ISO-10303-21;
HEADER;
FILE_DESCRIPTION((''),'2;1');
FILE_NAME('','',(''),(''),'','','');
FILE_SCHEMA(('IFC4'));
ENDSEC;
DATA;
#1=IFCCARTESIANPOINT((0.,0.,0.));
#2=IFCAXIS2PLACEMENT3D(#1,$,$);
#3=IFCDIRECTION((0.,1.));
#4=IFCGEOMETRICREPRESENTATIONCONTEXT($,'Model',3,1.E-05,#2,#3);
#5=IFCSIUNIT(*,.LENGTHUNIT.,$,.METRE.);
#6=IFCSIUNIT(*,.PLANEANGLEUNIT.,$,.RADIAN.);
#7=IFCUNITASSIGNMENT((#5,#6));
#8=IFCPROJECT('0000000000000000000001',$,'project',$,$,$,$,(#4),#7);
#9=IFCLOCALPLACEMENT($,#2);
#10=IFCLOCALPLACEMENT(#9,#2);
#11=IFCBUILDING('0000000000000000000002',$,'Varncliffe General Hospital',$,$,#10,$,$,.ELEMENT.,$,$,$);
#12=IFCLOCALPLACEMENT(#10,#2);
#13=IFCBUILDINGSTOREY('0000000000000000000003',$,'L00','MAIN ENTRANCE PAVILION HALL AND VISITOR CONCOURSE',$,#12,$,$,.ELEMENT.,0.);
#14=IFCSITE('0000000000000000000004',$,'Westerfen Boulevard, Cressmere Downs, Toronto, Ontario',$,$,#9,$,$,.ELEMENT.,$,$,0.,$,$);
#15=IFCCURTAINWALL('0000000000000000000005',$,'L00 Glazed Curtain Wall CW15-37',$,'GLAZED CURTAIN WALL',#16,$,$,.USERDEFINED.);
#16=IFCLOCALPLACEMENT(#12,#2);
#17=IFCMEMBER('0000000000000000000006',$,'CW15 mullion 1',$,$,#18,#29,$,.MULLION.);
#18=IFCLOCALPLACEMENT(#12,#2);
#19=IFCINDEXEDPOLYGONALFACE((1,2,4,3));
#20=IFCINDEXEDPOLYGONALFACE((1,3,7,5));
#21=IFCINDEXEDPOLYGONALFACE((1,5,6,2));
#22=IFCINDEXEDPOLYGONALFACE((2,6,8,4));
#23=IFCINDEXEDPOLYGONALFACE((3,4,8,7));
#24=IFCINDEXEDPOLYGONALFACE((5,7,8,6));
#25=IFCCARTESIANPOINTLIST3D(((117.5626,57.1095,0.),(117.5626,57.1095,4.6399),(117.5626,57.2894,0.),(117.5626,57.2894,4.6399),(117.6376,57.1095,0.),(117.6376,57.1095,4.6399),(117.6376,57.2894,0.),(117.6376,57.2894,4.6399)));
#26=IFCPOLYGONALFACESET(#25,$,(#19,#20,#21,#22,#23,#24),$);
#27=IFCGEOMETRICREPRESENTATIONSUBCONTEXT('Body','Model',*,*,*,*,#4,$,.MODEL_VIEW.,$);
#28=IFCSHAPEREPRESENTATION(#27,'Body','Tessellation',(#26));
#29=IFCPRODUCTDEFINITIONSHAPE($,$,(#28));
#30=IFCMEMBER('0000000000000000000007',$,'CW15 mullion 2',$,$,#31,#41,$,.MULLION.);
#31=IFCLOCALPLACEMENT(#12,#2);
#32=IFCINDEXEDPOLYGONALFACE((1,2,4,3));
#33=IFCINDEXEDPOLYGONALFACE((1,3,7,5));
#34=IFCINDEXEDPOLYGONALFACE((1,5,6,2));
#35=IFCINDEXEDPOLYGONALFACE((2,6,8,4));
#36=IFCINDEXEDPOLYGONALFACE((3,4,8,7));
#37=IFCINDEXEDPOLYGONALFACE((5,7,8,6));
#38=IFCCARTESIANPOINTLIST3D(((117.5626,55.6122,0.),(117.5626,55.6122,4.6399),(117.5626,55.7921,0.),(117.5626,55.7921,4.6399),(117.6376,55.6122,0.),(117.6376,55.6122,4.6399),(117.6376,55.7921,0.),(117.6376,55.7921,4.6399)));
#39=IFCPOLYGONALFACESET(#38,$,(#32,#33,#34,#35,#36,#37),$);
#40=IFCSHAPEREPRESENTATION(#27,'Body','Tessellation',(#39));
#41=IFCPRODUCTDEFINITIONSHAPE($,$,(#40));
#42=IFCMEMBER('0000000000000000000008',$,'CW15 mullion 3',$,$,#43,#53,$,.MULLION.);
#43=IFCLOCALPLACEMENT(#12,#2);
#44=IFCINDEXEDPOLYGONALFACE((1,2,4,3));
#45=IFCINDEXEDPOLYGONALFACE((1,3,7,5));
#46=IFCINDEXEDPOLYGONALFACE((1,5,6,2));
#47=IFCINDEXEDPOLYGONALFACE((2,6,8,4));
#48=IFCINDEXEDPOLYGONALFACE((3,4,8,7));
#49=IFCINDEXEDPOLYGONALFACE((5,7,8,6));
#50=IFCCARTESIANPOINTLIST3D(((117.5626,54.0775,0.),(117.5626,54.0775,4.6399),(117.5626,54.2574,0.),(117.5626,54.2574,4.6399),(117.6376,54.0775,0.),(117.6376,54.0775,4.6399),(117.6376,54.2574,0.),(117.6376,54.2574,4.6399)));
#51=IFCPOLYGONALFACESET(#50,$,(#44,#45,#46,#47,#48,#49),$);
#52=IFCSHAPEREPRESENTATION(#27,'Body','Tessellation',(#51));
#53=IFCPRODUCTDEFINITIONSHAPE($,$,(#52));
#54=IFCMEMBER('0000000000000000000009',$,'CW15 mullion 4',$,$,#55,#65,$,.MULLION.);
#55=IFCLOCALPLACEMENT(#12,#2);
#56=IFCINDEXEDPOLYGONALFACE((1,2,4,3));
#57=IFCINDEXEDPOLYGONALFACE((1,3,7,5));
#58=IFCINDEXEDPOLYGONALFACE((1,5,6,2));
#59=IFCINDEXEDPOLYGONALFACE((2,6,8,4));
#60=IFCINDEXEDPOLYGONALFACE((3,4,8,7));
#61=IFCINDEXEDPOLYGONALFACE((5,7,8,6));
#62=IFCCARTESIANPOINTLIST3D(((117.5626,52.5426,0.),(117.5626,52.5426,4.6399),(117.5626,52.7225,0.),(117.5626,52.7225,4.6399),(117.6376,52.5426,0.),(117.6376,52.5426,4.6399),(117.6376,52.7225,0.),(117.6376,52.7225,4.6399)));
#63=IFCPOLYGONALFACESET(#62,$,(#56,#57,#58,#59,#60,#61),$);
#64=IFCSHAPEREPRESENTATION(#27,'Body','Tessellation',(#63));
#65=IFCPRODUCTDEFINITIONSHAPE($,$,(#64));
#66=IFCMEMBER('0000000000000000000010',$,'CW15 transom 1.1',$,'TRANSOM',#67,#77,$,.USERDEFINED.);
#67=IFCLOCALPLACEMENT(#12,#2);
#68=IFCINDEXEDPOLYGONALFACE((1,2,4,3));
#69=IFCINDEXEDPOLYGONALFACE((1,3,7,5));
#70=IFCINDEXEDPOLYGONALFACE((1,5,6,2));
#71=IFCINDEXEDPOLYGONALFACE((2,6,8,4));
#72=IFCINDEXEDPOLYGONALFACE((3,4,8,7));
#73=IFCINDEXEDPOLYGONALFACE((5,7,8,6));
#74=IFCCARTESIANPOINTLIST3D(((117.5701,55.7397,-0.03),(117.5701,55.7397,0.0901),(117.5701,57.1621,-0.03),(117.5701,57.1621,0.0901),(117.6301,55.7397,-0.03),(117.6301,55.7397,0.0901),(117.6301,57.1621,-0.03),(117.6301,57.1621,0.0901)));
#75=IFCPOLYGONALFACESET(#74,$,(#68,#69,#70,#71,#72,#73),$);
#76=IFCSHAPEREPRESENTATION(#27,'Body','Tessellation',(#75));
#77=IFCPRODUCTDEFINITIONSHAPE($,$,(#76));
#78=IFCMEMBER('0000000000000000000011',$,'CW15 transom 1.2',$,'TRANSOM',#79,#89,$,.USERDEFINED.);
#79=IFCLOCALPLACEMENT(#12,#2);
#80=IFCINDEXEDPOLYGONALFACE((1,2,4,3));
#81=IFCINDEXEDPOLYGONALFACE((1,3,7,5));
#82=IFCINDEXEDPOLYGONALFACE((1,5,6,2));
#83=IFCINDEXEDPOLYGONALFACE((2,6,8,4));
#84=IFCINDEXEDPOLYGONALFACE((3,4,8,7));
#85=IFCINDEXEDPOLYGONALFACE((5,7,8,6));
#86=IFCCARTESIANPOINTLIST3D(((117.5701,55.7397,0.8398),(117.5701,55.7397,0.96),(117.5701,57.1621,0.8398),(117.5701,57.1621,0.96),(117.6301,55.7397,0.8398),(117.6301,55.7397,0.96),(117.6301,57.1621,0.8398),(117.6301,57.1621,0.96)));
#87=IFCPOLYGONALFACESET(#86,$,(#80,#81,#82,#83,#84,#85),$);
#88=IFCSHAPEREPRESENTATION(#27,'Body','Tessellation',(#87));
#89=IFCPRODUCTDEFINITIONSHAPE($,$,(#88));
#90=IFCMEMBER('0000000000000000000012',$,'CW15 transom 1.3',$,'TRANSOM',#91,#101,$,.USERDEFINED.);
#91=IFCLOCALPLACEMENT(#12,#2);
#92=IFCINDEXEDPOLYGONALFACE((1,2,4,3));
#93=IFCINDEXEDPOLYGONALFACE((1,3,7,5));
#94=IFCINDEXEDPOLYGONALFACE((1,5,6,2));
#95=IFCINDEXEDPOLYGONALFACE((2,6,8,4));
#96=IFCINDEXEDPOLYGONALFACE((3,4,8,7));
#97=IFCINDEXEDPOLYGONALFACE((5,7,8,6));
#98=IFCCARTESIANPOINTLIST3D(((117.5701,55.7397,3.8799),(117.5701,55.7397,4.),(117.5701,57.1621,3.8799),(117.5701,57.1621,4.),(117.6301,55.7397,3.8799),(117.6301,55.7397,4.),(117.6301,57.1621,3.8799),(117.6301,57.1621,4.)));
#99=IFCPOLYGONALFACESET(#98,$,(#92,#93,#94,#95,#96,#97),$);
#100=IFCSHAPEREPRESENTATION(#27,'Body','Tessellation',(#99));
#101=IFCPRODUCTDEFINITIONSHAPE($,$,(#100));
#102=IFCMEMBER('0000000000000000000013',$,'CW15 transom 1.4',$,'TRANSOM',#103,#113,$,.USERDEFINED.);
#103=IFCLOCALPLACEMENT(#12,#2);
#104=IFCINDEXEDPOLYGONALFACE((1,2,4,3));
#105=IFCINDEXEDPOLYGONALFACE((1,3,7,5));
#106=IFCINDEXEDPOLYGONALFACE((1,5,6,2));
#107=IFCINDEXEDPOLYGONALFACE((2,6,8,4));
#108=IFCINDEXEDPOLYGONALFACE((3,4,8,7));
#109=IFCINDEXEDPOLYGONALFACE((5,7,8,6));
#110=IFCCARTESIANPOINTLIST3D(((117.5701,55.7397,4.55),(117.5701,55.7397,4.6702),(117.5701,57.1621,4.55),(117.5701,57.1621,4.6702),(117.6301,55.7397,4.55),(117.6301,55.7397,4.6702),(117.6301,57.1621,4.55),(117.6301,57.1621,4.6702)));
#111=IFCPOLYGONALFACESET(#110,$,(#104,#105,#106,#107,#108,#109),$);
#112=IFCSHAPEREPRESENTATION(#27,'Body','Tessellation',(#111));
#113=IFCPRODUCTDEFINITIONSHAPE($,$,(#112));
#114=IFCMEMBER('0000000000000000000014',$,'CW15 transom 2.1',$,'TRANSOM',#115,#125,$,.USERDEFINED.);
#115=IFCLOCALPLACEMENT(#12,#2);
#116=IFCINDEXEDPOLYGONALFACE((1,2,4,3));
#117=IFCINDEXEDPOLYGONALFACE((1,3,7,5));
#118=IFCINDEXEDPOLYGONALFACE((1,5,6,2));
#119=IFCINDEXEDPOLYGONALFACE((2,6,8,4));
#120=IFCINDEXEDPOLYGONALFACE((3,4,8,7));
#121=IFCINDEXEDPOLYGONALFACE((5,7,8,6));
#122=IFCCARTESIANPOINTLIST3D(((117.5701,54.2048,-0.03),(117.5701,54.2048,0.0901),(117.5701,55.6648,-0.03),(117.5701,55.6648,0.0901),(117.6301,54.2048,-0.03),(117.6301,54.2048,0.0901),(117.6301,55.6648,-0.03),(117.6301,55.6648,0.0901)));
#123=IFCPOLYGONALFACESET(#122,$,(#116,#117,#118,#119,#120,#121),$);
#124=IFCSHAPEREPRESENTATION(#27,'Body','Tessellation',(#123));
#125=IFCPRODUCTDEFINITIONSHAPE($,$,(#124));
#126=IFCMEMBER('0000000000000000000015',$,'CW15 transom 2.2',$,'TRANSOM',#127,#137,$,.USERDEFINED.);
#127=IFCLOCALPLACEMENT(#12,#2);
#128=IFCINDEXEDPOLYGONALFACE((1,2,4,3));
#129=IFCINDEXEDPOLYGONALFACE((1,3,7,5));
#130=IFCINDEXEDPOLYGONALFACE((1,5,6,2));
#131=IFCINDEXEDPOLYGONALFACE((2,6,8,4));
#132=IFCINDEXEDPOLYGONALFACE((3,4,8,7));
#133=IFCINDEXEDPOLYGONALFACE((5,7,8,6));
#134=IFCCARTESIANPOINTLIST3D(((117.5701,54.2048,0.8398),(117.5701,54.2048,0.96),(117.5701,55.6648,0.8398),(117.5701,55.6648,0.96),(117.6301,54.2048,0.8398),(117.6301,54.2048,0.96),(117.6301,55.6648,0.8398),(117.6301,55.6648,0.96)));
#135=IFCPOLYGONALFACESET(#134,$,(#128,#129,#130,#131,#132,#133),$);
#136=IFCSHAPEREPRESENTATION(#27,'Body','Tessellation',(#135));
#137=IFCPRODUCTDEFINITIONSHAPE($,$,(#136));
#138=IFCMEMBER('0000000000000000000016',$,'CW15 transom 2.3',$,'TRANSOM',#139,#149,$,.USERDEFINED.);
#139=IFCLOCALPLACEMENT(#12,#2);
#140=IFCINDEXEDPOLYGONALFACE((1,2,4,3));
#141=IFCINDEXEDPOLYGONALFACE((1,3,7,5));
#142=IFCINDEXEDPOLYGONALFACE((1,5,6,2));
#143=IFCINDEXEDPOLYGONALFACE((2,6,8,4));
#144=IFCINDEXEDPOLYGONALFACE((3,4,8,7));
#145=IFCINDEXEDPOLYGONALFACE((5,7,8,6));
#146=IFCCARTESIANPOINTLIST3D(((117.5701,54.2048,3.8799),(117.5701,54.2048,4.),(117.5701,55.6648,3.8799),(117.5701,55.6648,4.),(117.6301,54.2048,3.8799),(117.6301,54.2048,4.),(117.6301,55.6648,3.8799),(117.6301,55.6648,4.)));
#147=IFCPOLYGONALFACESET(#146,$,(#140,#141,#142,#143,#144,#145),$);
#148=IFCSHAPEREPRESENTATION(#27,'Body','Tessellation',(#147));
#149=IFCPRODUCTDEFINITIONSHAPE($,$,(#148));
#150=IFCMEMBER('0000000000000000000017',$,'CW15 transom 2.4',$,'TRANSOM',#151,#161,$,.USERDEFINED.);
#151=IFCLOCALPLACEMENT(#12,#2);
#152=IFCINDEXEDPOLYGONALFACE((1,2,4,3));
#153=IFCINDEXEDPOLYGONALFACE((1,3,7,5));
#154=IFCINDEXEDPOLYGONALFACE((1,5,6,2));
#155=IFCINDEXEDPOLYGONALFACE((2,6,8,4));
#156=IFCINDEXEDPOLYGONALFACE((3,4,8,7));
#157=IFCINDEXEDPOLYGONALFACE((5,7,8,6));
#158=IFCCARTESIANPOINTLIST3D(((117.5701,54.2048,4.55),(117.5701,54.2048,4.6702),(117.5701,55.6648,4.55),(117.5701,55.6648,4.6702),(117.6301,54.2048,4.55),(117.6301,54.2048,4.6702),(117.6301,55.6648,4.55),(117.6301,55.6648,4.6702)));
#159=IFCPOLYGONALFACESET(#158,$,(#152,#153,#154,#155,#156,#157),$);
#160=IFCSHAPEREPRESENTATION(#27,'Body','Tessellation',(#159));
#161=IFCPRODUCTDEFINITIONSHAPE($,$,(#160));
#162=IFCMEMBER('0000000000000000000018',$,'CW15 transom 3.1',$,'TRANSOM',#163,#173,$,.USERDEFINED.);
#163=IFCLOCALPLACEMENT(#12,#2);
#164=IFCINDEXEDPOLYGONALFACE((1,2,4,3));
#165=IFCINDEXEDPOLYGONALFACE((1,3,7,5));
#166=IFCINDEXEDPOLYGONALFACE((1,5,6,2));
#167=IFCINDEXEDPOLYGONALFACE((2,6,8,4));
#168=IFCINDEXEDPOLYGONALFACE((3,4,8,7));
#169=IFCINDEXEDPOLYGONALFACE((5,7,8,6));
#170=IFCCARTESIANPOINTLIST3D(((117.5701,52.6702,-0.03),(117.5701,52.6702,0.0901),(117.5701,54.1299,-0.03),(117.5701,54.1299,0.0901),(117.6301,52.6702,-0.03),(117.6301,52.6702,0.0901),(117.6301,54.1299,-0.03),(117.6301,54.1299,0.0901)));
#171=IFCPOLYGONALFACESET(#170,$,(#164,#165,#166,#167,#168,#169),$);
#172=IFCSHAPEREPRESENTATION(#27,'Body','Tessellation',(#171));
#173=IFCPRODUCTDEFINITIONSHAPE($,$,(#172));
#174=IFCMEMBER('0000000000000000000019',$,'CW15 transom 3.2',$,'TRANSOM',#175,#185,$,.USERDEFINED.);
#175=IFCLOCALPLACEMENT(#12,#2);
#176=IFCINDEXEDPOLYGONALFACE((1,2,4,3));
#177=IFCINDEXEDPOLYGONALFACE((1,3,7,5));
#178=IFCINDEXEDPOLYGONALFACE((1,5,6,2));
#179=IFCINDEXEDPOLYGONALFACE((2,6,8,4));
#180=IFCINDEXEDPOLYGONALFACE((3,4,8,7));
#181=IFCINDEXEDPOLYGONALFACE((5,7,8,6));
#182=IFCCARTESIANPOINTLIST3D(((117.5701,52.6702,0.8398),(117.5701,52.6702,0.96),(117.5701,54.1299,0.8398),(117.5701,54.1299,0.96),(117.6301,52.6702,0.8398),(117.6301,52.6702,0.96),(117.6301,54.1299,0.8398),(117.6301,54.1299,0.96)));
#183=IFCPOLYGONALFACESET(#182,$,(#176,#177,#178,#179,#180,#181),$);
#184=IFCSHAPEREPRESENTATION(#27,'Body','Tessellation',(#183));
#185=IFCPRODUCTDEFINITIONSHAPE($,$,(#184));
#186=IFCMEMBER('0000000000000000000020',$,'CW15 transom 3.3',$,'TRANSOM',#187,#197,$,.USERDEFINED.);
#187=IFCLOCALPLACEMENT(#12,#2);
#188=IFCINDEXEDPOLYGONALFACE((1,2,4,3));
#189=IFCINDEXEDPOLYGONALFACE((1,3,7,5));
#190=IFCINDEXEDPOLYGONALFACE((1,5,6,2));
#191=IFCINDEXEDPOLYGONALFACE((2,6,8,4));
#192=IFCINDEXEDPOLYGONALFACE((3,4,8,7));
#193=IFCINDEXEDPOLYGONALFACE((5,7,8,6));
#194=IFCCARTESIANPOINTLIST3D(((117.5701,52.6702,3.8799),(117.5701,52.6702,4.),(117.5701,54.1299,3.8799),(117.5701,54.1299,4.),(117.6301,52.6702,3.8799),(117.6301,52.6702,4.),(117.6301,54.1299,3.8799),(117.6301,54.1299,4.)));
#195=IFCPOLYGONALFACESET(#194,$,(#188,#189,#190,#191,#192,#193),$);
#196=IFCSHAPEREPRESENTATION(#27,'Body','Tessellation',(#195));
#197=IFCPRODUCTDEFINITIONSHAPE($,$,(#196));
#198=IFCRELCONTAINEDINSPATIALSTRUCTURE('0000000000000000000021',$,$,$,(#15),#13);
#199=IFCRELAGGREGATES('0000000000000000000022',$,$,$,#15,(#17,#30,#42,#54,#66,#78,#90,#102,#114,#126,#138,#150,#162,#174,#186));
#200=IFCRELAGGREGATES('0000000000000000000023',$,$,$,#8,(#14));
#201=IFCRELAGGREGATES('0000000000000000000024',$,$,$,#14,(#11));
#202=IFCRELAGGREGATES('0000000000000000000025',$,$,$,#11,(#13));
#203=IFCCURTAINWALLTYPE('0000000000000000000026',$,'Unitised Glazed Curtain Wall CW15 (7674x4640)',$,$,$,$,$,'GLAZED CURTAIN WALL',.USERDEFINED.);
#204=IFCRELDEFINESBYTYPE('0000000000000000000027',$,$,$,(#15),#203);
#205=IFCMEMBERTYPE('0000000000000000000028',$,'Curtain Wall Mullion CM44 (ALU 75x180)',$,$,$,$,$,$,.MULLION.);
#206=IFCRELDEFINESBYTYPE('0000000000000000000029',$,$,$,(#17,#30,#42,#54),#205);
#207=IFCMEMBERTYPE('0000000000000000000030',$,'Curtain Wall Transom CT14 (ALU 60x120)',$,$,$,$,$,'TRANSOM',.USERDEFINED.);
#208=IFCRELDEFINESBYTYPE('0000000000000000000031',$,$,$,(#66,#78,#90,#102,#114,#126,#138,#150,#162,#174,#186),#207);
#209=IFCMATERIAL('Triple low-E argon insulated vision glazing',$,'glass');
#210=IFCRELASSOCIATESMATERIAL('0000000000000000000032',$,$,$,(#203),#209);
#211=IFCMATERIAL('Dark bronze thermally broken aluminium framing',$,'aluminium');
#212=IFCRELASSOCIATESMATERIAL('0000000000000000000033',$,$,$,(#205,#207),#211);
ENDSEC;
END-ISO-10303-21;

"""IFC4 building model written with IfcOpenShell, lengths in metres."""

from ifc_helpers import new_model, si_unit, direction, frame, origin, origin_2d, place, context, subcontext, project, spatial, rectangle, extrude, material, material_profile, profile_set, type_object, element, aggregate, save


model = new_model("IFC4")

# Units and contexts
model_context = context("Model", 3, precision=1e-05, world=origin(), true_north=direction((0.0, 1.0)))
body_context = subcontext(model_context, "Body", "Model", "MODEL_VIEW")
ifc_project = project(units=[si_unit("LENGTHUNIT", "METRE"), si_unit("PLANEANGLEUNIT", "RADIAN")], contexts=[model_context])

# Site, building, storey
site_placement = place(None, origin())
site = spatial("IfcSite", under=ifc_project, at=site_placement, Name="Westerfen Boulevard, Cressmere Downs, Toronto, Ontario", CompositionType="ELEMENT", RefElevation=0.0)
building_placement = place(site_placement, origin())
building = spatial("IfcBuilding", under=site, at=building_placement, Name="Varncliffe General Hospital", CompositionType="ELEMENT")
storey_placement = place(building_placement, origin())
storey = spatial("IfcBuildingStorey", under=building, at=storey_placement, Name="L00", Description="MAIN ENTRANCE PAVILION HALL AND VISITOR CONCOURSE", CompositionType="ELEMENT", Elevation=0.0)

# Curtain wall, members
ifc_material_1 = material(Name="Triple low-E argon insulated vision glazing", Category="glass")
curtain_wall_type = type_object("IfcCurtainWallType", Name="Unitised Glazed Curtain Wall CW15 (7674x4640)", ElementType="GLAZED CURTAIN WALL", PredefinedType="USERDEFINED", material=ifc_material_1)
curtain_wall_placement = place(storey_placement, origin())
curtain_wall = element("IfcCurtainWall", 1, at=curtain_wall_placement, inside=storey, type_object=curtain_wall_type, Name="L00 Glazed Curtain Wall CW15-37", ObjectType="GLAZED CURTAIN WALL", PredefinedType="USERDEFINED")
ifc_material_2 = material(Name="Dark bronze thermally broken aluminium framing", Category="aluminium")
ifc_material_profile_1 = material_profile(ifc_material_2, rectangle(XDim=0.075, YDim=0.1799, at=origin_2d()), Name="ALU 75x180")
ifc_profile_set_1 = profile_set([ifc_material_profile_1], Name="Dark bronze thermally broken aluminium framing")
member_type_1 = type_object("IfcMemberType", Name="Curtain Wall Mullion CM44 (ALU 75x180)", PredefinedType="MULLION", material=ifc_profile_set_1)
member_1_placement = place(storey_placement, frame((117.6001, 57.1995, 0.0), z_axis=(0.0, 0.0, 1.0), x_axis=(1.0, 0.0, 0.0)))
member_1 = element("IfcMember", 2, at=member_1_placement, type_object=member_type_1, Name="CW15 mullion 1", PredefinedType="MULLION", context=body_context, shape_type="SweptSolid", body=[
    extrude(rectangle(XDim=0.075, YDim=0.1799, at=origin_2d()), origin(), (0.0, 0.0, 1.0), 4.6399),
])
member_2_placement = place(storey_placement, frame((117.6001, 55.7021, 0.0), z_axis=(0.0, 0.0, 1.0), x_axis=(1.0, 0.0, 0.0)))
member_2 = element("IfcMember", 3, at=member_2_placement, type_object=member_type_1, Name="CW15 mullion 2", PredefinedType="MULLION", context=body_context, shape_type="SweptSolid", body=[
    extrude(rectangle(XDim=0.075, YDim=0.1799, at=origin_2d()), origin(), (0.0, 0.0, 1.0), 4.6399),
])
member_3_placement = place(storey_placement, frame((117.6001, 54.1675, 0.0), z_axis=(0.0, 0.0, 1.0), x_axis=(1.0, 0.0, 0.0)))
member_3 = element("IfcMember", 4, at=member_3_placement, type_object=member_type_1, Name="CW15 mullion 3", PredefinedType="MULLION", context=body_context, shape_type="SweptSolid", body=[
    extrude(rectangle(XDim=0.075, YDim=0.1799, at=origin_2d()), origin(), (0.0, 0.0, 1.0), 4.6399),
])
member_4_placement = place(storey_placement, frame((117.6001, 52.6326, 0.0), z_axis=(0.0, 0.0, 1.0), x_axis=(1.0, 0.0, 0.0)))
member_4 = element("IfcMember", 5, at=member_4_placement, type_object=member_type_1, Name="CW15 mullion 4", PredefinedType="MULLION", context=body_context, shape_type="SweptSolid", body=[
    extrude(rectangle(XDim=0.075, YDim=0.1799, at=origin_2d()), origin(), (0.0, 0.0, 1.0), 4.6399),
])
ifc_material_profile_2 = material_profile(ifc_material_2, rectangle(XDim=0.0601, YDim=0.1201, at=origin_2d()), Name="ALU 60x120")
ifc_profile_set_2 = profile_set([ifc_material_profile_2], Name="Dark bronze thermally broken aluminium framing")
member_type_2 = type_object("IfcMemberType", Name="Curtain Wall Transom CT14 (ALU 60x120)", ElementType="TRANSOM", PredefinedType="USERDEFINED", material=ifc_profile_set_2)
member_5_placement = place(storey_placement, frame((117.6001, 57.1621, 0.03), z_axis=(0.0, -1.0, 0.0), x_axis=(1.0, 0.0, 0.0)))
member_5 = element("IfcMember", 6, at=member_5_placement, type_object=member_type_2, Name="CW15 transom 1.1", ObjectType="TRANSOM", PredefinedType="USERDEFINED", context=body_context, shape_type="SweptSolid", body=[
    extrude(rectangle(XDim=0.0601, YDim=0.1201, at=origin_2d()), origin(), (0.0, 0.0, 1.0), 1.4224),
])
member_6_placement = place(storey_placement, frame((117.6001, 57.1621, 0.8999), z_axis=(0.0, -1.0, 0.0), x_axis=(1.0, 0.0, 0.0)))
member_6 = element("IfcMember", 7, at=member_6_placement, type_object=member_type_2, Name="CW15 transom 1.2", ObjectType="TRANSOM", PredefinedType="USERDEFINED", context=body_context, shape_type="SweptSolid", body=[
    extrude(rectangle(XDim=0.0601, YDim=0.1201, at=origin_2d()), origin(), (0.0, 0.0, 1.0), 1.4224),
])
member_7_placement = place(storey_placement, frame((117.6001, 57.1621, 3.9399), z_axis=(0.0, -1.0, 0.0), x_axis=(1.0, 0.0, 0.0)))
member_7 = element("IfcMember", 8, at=member_7_placement, type_object=member_type_2, Name="CW15 transom 1.3", ObjectType="TRANSOM", PredefinedType="USERDEFINED", context=body_context, shape_type="SweptSolid", body=[
    extrude(rectangle(XDim=0.0601, YDim=0.1201, at=origin_2d()), origin(), (0.0, 0.0, 1.0), 1.4224),
])
member_8_placement = place(storey_placement, frame((117.6001, 57.1621, 4.6101), z_axis=(0.0, -1.0, 0.0), x_axis=(1.0, 0.0, 0.0)))
member_8 = element("IfcMember", 9, at=member_8_placement, type_object=member_type_2, Name="CW15 transom 1.4", ObjectType="TRANSOM", PredefinedType="USERDEFINED", context=body_context, shape_type="SweptSolid", body=[
    extrude(rectangle(XDim=0.0601, YDim=0.1201, at=origin_2d()), origin(), (0.0, 0.0, 1.0), 1.4224),
])
member_9_placement = place(storey_placement, frame((117.6001, 55.6648, 0.03), z_axis=(0.0, -1.0, 0.0), x_axis=(1.0, 0.0, 0.0)))
member_9 = element("IfcMember", 10, at=member_9_placement, type_object=member_type_2, Name="CW15 transom 2.1", ObjectType="TRANSOM", PredefinedType="USERDEFINED", context=body_context, shape_type="SweptSolid", body=[
    extrude(rectangle(XDim=0.0601, YDim=0.1201, at=origin_2d()), origin(), (0.0, 0.0, 1.0), 1.46),
])
member_10_placement = place(storey_placement, frame((117.6001, 55.6648, 0.8999), z_axis=(0.0, -1.0, 0.0), x_axis=(1.0, 0.0, 0.0)))
member_10 = element("IfcMember", 11, at=member_10_placement, type_object=member_type_2, Name="CW15 transom 2.2", ObjectType="TRANSOM", PredefinedType="USERDEFINED", context=body_context, shape_type="SweptSolid", body=[
    extrude(rectangle(XDim=0.0601, YDim=0.1201, at=origin_2d()), origin(), (0.0, 0.0, 1.0), 1.46),
])
member_11_placement = place(storey_placement, frame((117.6001, 55.6648, 3.9399), z_axis=(0.0, -1.0, 0.0), x_axis=(1.0, 0.0, 0.0)))
member_11 = element("IfcMember", 12, at=member_11_placement, type_object=member_type_2, Name="CW15 transom 2.3", ObjectType="TRANSOM", PredefinedType="USERDEFINED", context=body_context, shape_type="SweptSolid", body=[
    extrude(rectangle(XDim=0.0601, YDim=0.1201, at=origin_2d()), origin(), (0.0, 0.0, 1.0), 1.46),
])
member_12_placement = place(storey_placement, frame((117.6001, 55.6648, 4.6101), z_axis=(0.0, -1.0, 0.0), x_axis=(1.0, 0.0, 0.0)))
member_12 = element("IfcMember", 13, at=member_12_placement, type_object=member_type_2, Name="CW15 transom 2.4", ObjectType="TRANSOM", PredefinedType="USERDEFINED", context=body_context, shape_type="SweptSolid", body=[
    extrude(rectangle(XDim=0.0601, YDim=0.1201, at=origin_2d()), origin(), (0.0, 0.0, 1.0), 1.46),
])
member_13_placement = place(storey_placement, frame((117.6001, 54.1299, 0.03), z_axis=(0.0, -1.0, 0.0), x_axis=(1.0, 0.0, 0.0)))
member_13 = element("IfcMember", 14, at=member_13_placement, type_object=member_type_2, Name="CW15 transom 3.1", ObjectType="TRANSOM", PredefinedType="USERDEFINED", context=body_context, shape_type="SweptSolid", body=[
    extrude(rectangle(XDim=0.0601, YDim=0.1201, at=origin_2d()), origin(), (0.0, 0.0, 1.0), 1.4597),
])
member_14_placement = place(storey_placement, frame((117.6001, 54.1299, 0.8999), z_axis=(0.0, -1.0, 0.0), x_axis=(1.0, 0.0, 0.0)))
member_14 = element("IfcMember", 15, at=member_14_placement, type_object=member_type_2, Name="CW15 transom 3.2", ObjectType="TRANSOM", PredefinedType="USERDEFINED", context=body_context, shape_type="SweptSolid", body=[
    extrude(rectangle(XDim=0.0601, YDim=0.1201, at=origin_2d()), origin(), (0.0, 0.0, 1.0), 1.4597),
])
member_15_placement = place(storey_placement, frame((117.6001, 54.1299, 3.9399), z_axis=(0.0, -1.0, 0.0), x_axis=(1.0, 0.0, 0.0)))
member_15 = element("IfcMember", 16, at=member_15_placement, type_object=member_type_2, Name="CW15 transom 3.3", ObjectType="TRANSOM", PredefinedType="USERDEFINED", context=body_context, shape_type="SweptSolid", body=[
    extrude(rectangle(XDim=0.0601, YDim=0.1201, at=origin_2d()), origin(), (0.0, 0.0, 1.0), 1.4597),
])
aggregate(curtain_wall, [member_1, member_2, member_3, member_4, member_5, member_6, member_7, member_8, member_9, member_10, member_11, member_12, member_13, member_14, member_15])

save(model, "model.ifc")
